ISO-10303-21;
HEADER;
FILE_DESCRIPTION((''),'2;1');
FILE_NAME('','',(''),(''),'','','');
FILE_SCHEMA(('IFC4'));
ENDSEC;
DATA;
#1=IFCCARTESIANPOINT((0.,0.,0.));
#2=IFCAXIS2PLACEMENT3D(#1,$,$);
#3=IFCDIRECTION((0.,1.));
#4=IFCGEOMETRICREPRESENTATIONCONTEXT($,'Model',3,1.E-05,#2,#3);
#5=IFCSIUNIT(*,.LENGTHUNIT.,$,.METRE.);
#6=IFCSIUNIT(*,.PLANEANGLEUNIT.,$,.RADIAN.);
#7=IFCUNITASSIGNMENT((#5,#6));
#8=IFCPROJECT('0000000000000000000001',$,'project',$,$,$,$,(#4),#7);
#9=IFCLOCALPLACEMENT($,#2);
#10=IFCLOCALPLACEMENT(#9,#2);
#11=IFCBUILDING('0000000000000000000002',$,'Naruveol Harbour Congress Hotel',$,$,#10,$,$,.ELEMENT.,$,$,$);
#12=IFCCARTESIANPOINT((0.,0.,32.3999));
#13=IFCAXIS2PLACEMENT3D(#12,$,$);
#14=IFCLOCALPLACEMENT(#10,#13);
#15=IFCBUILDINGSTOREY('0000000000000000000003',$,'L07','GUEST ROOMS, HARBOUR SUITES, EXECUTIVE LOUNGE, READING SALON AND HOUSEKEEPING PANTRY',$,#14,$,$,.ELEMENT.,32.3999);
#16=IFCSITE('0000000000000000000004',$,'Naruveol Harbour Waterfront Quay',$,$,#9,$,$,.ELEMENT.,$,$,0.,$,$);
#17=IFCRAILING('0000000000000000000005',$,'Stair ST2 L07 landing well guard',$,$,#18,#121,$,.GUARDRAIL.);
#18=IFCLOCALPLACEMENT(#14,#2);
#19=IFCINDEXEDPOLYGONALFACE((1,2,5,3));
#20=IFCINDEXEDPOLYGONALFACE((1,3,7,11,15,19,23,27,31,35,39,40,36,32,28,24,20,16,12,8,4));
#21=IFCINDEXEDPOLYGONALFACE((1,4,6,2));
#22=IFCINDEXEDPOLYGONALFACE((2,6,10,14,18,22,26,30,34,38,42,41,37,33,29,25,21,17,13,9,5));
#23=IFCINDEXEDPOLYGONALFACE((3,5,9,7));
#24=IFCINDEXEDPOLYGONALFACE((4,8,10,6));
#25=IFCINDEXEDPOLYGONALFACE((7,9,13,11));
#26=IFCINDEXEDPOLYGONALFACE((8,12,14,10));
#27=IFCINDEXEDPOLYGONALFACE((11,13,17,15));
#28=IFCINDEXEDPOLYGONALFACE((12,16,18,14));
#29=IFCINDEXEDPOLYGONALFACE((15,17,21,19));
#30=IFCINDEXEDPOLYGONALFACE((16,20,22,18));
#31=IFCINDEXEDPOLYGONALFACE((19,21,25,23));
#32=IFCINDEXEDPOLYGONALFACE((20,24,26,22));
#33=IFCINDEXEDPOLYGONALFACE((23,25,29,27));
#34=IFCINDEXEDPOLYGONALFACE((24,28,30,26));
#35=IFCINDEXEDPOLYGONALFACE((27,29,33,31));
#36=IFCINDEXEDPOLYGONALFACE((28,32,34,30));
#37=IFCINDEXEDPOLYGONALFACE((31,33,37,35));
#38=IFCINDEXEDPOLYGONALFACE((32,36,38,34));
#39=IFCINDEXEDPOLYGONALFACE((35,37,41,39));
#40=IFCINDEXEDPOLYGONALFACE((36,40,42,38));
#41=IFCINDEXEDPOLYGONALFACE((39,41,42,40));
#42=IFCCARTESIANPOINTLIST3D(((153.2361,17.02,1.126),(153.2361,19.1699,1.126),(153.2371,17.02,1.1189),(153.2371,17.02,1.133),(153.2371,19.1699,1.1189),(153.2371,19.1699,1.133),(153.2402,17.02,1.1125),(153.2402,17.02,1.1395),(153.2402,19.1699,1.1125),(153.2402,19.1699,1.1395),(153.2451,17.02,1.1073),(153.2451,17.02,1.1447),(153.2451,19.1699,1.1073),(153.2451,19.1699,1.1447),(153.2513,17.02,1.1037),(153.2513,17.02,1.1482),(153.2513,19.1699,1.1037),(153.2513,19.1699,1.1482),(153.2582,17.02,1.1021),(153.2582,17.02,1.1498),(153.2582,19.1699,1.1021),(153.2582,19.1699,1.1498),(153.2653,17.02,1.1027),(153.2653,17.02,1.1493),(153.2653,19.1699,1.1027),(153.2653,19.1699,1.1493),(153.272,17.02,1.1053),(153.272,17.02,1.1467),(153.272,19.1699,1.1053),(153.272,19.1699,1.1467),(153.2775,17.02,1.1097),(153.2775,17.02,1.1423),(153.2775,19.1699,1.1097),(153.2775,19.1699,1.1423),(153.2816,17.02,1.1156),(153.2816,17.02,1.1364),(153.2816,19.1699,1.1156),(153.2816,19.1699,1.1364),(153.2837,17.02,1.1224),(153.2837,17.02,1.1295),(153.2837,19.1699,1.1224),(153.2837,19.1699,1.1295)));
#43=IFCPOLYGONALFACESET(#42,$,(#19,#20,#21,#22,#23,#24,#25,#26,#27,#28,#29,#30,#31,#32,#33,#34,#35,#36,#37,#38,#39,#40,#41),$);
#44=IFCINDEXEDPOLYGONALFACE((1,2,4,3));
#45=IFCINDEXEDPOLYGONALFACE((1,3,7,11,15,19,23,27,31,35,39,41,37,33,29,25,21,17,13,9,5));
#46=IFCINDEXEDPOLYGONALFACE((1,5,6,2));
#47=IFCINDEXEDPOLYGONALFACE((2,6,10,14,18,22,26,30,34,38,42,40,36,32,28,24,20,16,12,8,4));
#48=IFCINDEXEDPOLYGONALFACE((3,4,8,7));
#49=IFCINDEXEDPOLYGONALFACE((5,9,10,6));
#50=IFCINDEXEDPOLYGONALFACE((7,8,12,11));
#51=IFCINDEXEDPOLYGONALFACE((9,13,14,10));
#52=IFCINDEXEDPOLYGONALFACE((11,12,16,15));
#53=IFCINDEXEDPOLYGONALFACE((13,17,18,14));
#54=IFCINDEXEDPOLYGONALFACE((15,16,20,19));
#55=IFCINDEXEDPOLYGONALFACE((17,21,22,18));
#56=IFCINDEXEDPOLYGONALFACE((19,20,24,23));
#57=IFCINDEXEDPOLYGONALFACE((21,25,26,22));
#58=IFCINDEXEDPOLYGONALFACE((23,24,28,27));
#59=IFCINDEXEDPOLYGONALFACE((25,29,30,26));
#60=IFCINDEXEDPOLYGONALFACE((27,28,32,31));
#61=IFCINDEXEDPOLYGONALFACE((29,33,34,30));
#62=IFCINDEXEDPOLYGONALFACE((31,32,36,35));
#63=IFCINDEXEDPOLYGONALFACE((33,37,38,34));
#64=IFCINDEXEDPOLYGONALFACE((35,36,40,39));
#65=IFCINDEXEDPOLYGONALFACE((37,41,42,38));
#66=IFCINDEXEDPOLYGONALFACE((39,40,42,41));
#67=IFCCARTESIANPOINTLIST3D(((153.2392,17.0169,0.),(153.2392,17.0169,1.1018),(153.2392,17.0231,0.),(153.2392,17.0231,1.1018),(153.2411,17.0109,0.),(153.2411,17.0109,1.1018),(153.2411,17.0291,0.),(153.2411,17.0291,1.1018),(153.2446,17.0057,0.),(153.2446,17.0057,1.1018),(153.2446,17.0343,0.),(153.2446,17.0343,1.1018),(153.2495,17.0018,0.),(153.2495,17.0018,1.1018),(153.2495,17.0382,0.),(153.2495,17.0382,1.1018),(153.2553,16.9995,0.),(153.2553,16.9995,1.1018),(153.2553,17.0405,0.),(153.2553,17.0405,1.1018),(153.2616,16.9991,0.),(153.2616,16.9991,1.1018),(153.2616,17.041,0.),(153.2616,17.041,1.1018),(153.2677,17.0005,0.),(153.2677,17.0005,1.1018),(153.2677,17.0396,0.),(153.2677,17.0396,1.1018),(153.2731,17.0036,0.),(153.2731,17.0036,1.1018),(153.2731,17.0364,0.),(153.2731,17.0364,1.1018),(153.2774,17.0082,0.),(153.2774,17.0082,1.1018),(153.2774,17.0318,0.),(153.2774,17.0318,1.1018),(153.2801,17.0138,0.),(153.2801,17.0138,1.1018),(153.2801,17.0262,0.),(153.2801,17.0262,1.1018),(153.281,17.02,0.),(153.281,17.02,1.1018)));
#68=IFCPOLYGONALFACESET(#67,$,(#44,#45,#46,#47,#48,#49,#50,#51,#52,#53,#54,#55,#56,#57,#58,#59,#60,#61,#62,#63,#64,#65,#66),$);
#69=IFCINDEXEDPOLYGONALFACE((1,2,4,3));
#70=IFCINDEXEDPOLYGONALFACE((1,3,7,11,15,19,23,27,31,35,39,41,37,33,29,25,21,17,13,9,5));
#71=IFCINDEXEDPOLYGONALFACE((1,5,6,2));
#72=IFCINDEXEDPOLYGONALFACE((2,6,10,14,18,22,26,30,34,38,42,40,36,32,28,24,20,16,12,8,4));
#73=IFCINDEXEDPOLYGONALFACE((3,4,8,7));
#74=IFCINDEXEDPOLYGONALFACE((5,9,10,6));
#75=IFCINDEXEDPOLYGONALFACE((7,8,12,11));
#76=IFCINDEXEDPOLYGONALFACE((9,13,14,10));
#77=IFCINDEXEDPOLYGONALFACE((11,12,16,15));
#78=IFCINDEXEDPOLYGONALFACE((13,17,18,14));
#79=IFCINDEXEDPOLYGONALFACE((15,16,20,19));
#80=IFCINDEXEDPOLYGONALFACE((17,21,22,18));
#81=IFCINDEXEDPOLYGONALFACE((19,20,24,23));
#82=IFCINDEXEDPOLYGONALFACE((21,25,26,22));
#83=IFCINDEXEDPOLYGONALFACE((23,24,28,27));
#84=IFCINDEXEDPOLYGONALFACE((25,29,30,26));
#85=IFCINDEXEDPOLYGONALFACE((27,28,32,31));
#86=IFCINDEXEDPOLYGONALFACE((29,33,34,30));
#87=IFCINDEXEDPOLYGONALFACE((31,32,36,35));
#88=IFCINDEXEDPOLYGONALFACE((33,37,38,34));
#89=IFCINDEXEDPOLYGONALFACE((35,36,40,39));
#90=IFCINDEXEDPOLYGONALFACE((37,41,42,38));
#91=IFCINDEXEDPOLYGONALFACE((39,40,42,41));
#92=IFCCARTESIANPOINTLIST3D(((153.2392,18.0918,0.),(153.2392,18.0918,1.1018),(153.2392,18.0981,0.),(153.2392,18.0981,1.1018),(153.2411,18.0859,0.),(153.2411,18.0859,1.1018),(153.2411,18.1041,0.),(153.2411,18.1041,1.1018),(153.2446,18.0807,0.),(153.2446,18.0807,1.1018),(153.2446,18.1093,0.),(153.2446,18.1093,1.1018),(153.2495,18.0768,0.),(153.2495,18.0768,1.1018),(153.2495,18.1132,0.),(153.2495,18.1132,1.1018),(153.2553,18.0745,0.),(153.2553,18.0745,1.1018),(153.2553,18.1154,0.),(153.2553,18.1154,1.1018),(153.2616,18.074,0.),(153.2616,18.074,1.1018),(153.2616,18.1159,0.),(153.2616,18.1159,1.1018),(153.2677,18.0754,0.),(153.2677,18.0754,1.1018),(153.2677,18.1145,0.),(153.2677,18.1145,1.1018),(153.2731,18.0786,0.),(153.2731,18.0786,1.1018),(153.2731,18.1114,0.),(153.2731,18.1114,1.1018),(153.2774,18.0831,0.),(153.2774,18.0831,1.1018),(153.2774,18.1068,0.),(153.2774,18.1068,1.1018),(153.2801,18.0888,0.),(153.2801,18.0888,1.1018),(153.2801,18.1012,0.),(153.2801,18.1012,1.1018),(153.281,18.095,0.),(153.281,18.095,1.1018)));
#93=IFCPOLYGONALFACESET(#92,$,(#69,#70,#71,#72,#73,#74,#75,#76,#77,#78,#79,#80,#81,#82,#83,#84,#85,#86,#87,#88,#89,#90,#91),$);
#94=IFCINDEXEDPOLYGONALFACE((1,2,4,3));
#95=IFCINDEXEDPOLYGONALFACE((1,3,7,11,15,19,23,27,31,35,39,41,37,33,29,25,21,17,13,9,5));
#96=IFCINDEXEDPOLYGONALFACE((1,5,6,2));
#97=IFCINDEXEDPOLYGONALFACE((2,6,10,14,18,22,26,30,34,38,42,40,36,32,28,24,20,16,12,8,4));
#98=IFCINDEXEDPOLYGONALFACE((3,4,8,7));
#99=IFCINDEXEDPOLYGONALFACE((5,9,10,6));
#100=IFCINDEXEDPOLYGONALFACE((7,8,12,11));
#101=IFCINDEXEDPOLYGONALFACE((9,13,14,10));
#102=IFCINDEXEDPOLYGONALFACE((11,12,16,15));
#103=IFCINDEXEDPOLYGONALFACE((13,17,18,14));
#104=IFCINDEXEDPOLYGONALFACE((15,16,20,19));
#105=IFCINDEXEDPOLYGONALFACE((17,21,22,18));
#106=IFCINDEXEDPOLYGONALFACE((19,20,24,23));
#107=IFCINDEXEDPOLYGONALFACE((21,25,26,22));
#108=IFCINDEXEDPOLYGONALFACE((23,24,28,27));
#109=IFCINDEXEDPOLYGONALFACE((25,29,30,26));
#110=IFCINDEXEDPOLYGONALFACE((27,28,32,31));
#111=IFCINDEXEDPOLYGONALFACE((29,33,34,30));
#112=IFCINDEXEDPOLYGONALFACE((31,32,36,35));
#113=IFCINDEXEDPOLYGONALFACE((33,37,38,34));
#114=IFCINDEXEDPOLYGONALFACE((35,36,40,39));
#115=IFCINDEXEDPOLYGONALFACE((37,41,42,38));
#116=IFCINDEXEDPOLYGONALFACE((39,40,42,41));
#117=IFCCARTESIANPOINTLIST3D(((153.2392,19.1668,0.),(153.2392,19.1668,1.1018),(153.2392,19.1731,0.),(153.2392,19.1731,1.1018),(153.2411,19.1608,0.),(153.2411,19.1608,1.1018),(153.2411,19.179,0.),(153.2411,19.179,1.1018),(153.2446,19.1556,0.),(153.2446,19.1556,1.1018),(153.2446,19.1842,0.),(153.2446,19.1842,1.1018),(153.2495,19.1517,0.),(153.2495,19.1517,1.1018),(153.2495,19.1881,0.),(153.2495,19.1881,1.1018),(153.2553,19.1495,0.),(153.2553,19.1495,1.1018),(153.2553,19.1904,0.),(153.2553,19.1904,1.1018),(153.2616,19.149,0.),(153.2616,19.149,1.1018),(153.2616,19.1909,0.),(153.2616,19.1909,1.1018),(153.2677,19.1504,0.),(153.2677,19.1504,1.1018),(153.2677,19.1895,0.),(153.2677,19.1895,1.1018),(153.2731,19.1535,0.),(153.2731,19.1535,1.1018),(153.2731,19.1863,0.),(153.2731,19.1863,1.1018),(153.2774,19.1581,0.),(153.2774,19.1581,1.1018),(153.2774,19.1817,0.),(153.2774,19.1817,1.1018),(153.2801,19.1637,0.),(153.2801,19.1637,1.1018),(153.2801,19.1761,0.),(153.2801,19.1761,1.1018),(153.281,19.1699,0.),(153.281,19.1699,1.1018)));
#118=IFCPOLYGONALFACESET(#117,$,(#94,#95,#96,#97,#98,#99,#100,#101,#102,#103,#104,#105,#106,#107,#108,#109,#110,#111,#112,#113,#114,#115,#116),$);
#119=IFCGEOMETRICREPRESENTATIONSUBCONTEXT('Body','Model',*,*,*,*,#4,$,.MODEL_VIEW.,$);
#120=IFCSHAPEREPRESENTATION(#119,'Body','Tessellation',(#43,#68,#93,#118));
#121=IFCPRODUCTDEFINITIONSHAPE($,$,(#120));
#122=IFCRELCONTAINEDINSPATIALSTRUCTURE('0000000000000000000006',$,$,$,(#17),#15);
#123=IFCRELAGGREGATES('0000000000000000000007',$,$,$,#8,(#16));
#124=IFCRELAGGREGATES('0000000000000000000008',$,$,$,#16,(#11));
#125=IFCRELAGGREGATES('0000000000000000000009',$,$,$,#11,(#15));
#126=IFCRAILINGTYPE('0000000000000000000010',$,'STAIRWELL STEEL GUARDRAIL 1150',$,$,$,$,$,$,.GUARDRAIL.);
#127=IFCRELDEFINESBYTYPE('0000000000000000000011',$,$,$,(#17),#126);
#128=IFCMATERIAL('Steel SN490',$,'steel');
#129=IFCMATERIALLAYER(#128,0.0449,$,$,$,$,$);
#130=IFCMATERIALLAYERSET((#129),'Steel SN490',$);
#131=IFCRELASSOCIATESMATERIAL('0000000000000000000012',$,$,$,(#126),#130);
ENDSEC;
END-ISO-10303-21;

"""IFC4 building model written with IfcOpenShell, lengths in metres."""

from ifc_helpers import new_model, si_unit, direction, frame, origin, origin_2d, place, context, subcontext, project, spatial, circle, extrude, material, layer, layer_set, type_object, element, save


model = new_model("IFC4")

# Units and contexts
model_context = context("Model", 3, precision=1e-05, world=origin(), true_north=direction((0.0, 1.0)))
body_context = subcontext(model_context, "Body", "Model", "MODEL_VIEW")
ifc_project = project(units=[si_unit("LENGTHUNIT", "METRE"), si_unit("PLANEANGLEUNIT", "RADIAN")], contexts=[model_context])

# Site, building, storey
site_placement = place(None, origin())
site = spatial("IfcSite", under=ifc_project, at=site_placement, Name="Naruveol Harbour Waterfront Quay", CompositionType="ELEMENT", RefElevation=0.0)
building_placement = place(site_placement, origin())
building = spatial("IfcBuilding", under=site, at=building_placement, Name="Naruveol Harbour Congress Hotel", CompositionType="ELEMENT")
storey_placement = place(building_placement, frame((0.0, 0.0, 32.3999)))
storey = spatial("IfcBuildingStorey", under=building, at=storey_placement, Name="L07", Description="GUEST ROOMS, HARBOUR SUITES, EXECUTIVE LOUNGE, READING SALON AND HOUSEKEEPING PANTRY", CompositionType="ELEMENT", Elevation=32.3999)

# Railing
ifc_material_1 = material(Name="Steel SN490", Category="steel")
ifc_layer_1 = layer(ifc_material_1, 0.0449)
ifc_layer_set_1 = layer_set([ifc_layer_1], Name="Steel SN490")
railing_type_1 = type_object("IfcRailingType", Name="STAIRWELL STEEL GUARDRAIL 1150", PredefinedType="GUARDRAIL", material=ifc_layer_set_1)
railing_1_placement = place(storey_placement, frame((153.26, 17.02, 0.0)))
element("IfcRailing", 1, at=railing_1_placement, inside=storey, type_object=railing_type_1, Name="Stair ST2 L07 landing well guard", PredefinedType="GUARDRAIL", context=body_context, shape_type="SweptSolid", body=[
    extrude(circle(Radius=0.0239, at=origin_2d()), frame((0.0, 0.0, 1.126), z_axis=(0.0, 1.0, 0.0), x_axis=(-1.0, 0.0, 0.0)), (0.0, 0.0, 1.0), 2.1499),
    extrude(circle(Radius=0.021, at=origin_2d()), origin(), (0.0, 0.0, 1.0), 1.1018),
    extrude(circle(Radius=0.021, at=origin_2d()), frame((0.0, 1.075, 0.0)), (0.0, 0.0, 1.0), 1.1018),
    extrude(circle(Radius=0.021, at=origin_2d()), frame((0.0, 2.1499, 0.0)), (0.0, 0.0, 1.0), 1.1018),
])

save(model, "model.ifc")
